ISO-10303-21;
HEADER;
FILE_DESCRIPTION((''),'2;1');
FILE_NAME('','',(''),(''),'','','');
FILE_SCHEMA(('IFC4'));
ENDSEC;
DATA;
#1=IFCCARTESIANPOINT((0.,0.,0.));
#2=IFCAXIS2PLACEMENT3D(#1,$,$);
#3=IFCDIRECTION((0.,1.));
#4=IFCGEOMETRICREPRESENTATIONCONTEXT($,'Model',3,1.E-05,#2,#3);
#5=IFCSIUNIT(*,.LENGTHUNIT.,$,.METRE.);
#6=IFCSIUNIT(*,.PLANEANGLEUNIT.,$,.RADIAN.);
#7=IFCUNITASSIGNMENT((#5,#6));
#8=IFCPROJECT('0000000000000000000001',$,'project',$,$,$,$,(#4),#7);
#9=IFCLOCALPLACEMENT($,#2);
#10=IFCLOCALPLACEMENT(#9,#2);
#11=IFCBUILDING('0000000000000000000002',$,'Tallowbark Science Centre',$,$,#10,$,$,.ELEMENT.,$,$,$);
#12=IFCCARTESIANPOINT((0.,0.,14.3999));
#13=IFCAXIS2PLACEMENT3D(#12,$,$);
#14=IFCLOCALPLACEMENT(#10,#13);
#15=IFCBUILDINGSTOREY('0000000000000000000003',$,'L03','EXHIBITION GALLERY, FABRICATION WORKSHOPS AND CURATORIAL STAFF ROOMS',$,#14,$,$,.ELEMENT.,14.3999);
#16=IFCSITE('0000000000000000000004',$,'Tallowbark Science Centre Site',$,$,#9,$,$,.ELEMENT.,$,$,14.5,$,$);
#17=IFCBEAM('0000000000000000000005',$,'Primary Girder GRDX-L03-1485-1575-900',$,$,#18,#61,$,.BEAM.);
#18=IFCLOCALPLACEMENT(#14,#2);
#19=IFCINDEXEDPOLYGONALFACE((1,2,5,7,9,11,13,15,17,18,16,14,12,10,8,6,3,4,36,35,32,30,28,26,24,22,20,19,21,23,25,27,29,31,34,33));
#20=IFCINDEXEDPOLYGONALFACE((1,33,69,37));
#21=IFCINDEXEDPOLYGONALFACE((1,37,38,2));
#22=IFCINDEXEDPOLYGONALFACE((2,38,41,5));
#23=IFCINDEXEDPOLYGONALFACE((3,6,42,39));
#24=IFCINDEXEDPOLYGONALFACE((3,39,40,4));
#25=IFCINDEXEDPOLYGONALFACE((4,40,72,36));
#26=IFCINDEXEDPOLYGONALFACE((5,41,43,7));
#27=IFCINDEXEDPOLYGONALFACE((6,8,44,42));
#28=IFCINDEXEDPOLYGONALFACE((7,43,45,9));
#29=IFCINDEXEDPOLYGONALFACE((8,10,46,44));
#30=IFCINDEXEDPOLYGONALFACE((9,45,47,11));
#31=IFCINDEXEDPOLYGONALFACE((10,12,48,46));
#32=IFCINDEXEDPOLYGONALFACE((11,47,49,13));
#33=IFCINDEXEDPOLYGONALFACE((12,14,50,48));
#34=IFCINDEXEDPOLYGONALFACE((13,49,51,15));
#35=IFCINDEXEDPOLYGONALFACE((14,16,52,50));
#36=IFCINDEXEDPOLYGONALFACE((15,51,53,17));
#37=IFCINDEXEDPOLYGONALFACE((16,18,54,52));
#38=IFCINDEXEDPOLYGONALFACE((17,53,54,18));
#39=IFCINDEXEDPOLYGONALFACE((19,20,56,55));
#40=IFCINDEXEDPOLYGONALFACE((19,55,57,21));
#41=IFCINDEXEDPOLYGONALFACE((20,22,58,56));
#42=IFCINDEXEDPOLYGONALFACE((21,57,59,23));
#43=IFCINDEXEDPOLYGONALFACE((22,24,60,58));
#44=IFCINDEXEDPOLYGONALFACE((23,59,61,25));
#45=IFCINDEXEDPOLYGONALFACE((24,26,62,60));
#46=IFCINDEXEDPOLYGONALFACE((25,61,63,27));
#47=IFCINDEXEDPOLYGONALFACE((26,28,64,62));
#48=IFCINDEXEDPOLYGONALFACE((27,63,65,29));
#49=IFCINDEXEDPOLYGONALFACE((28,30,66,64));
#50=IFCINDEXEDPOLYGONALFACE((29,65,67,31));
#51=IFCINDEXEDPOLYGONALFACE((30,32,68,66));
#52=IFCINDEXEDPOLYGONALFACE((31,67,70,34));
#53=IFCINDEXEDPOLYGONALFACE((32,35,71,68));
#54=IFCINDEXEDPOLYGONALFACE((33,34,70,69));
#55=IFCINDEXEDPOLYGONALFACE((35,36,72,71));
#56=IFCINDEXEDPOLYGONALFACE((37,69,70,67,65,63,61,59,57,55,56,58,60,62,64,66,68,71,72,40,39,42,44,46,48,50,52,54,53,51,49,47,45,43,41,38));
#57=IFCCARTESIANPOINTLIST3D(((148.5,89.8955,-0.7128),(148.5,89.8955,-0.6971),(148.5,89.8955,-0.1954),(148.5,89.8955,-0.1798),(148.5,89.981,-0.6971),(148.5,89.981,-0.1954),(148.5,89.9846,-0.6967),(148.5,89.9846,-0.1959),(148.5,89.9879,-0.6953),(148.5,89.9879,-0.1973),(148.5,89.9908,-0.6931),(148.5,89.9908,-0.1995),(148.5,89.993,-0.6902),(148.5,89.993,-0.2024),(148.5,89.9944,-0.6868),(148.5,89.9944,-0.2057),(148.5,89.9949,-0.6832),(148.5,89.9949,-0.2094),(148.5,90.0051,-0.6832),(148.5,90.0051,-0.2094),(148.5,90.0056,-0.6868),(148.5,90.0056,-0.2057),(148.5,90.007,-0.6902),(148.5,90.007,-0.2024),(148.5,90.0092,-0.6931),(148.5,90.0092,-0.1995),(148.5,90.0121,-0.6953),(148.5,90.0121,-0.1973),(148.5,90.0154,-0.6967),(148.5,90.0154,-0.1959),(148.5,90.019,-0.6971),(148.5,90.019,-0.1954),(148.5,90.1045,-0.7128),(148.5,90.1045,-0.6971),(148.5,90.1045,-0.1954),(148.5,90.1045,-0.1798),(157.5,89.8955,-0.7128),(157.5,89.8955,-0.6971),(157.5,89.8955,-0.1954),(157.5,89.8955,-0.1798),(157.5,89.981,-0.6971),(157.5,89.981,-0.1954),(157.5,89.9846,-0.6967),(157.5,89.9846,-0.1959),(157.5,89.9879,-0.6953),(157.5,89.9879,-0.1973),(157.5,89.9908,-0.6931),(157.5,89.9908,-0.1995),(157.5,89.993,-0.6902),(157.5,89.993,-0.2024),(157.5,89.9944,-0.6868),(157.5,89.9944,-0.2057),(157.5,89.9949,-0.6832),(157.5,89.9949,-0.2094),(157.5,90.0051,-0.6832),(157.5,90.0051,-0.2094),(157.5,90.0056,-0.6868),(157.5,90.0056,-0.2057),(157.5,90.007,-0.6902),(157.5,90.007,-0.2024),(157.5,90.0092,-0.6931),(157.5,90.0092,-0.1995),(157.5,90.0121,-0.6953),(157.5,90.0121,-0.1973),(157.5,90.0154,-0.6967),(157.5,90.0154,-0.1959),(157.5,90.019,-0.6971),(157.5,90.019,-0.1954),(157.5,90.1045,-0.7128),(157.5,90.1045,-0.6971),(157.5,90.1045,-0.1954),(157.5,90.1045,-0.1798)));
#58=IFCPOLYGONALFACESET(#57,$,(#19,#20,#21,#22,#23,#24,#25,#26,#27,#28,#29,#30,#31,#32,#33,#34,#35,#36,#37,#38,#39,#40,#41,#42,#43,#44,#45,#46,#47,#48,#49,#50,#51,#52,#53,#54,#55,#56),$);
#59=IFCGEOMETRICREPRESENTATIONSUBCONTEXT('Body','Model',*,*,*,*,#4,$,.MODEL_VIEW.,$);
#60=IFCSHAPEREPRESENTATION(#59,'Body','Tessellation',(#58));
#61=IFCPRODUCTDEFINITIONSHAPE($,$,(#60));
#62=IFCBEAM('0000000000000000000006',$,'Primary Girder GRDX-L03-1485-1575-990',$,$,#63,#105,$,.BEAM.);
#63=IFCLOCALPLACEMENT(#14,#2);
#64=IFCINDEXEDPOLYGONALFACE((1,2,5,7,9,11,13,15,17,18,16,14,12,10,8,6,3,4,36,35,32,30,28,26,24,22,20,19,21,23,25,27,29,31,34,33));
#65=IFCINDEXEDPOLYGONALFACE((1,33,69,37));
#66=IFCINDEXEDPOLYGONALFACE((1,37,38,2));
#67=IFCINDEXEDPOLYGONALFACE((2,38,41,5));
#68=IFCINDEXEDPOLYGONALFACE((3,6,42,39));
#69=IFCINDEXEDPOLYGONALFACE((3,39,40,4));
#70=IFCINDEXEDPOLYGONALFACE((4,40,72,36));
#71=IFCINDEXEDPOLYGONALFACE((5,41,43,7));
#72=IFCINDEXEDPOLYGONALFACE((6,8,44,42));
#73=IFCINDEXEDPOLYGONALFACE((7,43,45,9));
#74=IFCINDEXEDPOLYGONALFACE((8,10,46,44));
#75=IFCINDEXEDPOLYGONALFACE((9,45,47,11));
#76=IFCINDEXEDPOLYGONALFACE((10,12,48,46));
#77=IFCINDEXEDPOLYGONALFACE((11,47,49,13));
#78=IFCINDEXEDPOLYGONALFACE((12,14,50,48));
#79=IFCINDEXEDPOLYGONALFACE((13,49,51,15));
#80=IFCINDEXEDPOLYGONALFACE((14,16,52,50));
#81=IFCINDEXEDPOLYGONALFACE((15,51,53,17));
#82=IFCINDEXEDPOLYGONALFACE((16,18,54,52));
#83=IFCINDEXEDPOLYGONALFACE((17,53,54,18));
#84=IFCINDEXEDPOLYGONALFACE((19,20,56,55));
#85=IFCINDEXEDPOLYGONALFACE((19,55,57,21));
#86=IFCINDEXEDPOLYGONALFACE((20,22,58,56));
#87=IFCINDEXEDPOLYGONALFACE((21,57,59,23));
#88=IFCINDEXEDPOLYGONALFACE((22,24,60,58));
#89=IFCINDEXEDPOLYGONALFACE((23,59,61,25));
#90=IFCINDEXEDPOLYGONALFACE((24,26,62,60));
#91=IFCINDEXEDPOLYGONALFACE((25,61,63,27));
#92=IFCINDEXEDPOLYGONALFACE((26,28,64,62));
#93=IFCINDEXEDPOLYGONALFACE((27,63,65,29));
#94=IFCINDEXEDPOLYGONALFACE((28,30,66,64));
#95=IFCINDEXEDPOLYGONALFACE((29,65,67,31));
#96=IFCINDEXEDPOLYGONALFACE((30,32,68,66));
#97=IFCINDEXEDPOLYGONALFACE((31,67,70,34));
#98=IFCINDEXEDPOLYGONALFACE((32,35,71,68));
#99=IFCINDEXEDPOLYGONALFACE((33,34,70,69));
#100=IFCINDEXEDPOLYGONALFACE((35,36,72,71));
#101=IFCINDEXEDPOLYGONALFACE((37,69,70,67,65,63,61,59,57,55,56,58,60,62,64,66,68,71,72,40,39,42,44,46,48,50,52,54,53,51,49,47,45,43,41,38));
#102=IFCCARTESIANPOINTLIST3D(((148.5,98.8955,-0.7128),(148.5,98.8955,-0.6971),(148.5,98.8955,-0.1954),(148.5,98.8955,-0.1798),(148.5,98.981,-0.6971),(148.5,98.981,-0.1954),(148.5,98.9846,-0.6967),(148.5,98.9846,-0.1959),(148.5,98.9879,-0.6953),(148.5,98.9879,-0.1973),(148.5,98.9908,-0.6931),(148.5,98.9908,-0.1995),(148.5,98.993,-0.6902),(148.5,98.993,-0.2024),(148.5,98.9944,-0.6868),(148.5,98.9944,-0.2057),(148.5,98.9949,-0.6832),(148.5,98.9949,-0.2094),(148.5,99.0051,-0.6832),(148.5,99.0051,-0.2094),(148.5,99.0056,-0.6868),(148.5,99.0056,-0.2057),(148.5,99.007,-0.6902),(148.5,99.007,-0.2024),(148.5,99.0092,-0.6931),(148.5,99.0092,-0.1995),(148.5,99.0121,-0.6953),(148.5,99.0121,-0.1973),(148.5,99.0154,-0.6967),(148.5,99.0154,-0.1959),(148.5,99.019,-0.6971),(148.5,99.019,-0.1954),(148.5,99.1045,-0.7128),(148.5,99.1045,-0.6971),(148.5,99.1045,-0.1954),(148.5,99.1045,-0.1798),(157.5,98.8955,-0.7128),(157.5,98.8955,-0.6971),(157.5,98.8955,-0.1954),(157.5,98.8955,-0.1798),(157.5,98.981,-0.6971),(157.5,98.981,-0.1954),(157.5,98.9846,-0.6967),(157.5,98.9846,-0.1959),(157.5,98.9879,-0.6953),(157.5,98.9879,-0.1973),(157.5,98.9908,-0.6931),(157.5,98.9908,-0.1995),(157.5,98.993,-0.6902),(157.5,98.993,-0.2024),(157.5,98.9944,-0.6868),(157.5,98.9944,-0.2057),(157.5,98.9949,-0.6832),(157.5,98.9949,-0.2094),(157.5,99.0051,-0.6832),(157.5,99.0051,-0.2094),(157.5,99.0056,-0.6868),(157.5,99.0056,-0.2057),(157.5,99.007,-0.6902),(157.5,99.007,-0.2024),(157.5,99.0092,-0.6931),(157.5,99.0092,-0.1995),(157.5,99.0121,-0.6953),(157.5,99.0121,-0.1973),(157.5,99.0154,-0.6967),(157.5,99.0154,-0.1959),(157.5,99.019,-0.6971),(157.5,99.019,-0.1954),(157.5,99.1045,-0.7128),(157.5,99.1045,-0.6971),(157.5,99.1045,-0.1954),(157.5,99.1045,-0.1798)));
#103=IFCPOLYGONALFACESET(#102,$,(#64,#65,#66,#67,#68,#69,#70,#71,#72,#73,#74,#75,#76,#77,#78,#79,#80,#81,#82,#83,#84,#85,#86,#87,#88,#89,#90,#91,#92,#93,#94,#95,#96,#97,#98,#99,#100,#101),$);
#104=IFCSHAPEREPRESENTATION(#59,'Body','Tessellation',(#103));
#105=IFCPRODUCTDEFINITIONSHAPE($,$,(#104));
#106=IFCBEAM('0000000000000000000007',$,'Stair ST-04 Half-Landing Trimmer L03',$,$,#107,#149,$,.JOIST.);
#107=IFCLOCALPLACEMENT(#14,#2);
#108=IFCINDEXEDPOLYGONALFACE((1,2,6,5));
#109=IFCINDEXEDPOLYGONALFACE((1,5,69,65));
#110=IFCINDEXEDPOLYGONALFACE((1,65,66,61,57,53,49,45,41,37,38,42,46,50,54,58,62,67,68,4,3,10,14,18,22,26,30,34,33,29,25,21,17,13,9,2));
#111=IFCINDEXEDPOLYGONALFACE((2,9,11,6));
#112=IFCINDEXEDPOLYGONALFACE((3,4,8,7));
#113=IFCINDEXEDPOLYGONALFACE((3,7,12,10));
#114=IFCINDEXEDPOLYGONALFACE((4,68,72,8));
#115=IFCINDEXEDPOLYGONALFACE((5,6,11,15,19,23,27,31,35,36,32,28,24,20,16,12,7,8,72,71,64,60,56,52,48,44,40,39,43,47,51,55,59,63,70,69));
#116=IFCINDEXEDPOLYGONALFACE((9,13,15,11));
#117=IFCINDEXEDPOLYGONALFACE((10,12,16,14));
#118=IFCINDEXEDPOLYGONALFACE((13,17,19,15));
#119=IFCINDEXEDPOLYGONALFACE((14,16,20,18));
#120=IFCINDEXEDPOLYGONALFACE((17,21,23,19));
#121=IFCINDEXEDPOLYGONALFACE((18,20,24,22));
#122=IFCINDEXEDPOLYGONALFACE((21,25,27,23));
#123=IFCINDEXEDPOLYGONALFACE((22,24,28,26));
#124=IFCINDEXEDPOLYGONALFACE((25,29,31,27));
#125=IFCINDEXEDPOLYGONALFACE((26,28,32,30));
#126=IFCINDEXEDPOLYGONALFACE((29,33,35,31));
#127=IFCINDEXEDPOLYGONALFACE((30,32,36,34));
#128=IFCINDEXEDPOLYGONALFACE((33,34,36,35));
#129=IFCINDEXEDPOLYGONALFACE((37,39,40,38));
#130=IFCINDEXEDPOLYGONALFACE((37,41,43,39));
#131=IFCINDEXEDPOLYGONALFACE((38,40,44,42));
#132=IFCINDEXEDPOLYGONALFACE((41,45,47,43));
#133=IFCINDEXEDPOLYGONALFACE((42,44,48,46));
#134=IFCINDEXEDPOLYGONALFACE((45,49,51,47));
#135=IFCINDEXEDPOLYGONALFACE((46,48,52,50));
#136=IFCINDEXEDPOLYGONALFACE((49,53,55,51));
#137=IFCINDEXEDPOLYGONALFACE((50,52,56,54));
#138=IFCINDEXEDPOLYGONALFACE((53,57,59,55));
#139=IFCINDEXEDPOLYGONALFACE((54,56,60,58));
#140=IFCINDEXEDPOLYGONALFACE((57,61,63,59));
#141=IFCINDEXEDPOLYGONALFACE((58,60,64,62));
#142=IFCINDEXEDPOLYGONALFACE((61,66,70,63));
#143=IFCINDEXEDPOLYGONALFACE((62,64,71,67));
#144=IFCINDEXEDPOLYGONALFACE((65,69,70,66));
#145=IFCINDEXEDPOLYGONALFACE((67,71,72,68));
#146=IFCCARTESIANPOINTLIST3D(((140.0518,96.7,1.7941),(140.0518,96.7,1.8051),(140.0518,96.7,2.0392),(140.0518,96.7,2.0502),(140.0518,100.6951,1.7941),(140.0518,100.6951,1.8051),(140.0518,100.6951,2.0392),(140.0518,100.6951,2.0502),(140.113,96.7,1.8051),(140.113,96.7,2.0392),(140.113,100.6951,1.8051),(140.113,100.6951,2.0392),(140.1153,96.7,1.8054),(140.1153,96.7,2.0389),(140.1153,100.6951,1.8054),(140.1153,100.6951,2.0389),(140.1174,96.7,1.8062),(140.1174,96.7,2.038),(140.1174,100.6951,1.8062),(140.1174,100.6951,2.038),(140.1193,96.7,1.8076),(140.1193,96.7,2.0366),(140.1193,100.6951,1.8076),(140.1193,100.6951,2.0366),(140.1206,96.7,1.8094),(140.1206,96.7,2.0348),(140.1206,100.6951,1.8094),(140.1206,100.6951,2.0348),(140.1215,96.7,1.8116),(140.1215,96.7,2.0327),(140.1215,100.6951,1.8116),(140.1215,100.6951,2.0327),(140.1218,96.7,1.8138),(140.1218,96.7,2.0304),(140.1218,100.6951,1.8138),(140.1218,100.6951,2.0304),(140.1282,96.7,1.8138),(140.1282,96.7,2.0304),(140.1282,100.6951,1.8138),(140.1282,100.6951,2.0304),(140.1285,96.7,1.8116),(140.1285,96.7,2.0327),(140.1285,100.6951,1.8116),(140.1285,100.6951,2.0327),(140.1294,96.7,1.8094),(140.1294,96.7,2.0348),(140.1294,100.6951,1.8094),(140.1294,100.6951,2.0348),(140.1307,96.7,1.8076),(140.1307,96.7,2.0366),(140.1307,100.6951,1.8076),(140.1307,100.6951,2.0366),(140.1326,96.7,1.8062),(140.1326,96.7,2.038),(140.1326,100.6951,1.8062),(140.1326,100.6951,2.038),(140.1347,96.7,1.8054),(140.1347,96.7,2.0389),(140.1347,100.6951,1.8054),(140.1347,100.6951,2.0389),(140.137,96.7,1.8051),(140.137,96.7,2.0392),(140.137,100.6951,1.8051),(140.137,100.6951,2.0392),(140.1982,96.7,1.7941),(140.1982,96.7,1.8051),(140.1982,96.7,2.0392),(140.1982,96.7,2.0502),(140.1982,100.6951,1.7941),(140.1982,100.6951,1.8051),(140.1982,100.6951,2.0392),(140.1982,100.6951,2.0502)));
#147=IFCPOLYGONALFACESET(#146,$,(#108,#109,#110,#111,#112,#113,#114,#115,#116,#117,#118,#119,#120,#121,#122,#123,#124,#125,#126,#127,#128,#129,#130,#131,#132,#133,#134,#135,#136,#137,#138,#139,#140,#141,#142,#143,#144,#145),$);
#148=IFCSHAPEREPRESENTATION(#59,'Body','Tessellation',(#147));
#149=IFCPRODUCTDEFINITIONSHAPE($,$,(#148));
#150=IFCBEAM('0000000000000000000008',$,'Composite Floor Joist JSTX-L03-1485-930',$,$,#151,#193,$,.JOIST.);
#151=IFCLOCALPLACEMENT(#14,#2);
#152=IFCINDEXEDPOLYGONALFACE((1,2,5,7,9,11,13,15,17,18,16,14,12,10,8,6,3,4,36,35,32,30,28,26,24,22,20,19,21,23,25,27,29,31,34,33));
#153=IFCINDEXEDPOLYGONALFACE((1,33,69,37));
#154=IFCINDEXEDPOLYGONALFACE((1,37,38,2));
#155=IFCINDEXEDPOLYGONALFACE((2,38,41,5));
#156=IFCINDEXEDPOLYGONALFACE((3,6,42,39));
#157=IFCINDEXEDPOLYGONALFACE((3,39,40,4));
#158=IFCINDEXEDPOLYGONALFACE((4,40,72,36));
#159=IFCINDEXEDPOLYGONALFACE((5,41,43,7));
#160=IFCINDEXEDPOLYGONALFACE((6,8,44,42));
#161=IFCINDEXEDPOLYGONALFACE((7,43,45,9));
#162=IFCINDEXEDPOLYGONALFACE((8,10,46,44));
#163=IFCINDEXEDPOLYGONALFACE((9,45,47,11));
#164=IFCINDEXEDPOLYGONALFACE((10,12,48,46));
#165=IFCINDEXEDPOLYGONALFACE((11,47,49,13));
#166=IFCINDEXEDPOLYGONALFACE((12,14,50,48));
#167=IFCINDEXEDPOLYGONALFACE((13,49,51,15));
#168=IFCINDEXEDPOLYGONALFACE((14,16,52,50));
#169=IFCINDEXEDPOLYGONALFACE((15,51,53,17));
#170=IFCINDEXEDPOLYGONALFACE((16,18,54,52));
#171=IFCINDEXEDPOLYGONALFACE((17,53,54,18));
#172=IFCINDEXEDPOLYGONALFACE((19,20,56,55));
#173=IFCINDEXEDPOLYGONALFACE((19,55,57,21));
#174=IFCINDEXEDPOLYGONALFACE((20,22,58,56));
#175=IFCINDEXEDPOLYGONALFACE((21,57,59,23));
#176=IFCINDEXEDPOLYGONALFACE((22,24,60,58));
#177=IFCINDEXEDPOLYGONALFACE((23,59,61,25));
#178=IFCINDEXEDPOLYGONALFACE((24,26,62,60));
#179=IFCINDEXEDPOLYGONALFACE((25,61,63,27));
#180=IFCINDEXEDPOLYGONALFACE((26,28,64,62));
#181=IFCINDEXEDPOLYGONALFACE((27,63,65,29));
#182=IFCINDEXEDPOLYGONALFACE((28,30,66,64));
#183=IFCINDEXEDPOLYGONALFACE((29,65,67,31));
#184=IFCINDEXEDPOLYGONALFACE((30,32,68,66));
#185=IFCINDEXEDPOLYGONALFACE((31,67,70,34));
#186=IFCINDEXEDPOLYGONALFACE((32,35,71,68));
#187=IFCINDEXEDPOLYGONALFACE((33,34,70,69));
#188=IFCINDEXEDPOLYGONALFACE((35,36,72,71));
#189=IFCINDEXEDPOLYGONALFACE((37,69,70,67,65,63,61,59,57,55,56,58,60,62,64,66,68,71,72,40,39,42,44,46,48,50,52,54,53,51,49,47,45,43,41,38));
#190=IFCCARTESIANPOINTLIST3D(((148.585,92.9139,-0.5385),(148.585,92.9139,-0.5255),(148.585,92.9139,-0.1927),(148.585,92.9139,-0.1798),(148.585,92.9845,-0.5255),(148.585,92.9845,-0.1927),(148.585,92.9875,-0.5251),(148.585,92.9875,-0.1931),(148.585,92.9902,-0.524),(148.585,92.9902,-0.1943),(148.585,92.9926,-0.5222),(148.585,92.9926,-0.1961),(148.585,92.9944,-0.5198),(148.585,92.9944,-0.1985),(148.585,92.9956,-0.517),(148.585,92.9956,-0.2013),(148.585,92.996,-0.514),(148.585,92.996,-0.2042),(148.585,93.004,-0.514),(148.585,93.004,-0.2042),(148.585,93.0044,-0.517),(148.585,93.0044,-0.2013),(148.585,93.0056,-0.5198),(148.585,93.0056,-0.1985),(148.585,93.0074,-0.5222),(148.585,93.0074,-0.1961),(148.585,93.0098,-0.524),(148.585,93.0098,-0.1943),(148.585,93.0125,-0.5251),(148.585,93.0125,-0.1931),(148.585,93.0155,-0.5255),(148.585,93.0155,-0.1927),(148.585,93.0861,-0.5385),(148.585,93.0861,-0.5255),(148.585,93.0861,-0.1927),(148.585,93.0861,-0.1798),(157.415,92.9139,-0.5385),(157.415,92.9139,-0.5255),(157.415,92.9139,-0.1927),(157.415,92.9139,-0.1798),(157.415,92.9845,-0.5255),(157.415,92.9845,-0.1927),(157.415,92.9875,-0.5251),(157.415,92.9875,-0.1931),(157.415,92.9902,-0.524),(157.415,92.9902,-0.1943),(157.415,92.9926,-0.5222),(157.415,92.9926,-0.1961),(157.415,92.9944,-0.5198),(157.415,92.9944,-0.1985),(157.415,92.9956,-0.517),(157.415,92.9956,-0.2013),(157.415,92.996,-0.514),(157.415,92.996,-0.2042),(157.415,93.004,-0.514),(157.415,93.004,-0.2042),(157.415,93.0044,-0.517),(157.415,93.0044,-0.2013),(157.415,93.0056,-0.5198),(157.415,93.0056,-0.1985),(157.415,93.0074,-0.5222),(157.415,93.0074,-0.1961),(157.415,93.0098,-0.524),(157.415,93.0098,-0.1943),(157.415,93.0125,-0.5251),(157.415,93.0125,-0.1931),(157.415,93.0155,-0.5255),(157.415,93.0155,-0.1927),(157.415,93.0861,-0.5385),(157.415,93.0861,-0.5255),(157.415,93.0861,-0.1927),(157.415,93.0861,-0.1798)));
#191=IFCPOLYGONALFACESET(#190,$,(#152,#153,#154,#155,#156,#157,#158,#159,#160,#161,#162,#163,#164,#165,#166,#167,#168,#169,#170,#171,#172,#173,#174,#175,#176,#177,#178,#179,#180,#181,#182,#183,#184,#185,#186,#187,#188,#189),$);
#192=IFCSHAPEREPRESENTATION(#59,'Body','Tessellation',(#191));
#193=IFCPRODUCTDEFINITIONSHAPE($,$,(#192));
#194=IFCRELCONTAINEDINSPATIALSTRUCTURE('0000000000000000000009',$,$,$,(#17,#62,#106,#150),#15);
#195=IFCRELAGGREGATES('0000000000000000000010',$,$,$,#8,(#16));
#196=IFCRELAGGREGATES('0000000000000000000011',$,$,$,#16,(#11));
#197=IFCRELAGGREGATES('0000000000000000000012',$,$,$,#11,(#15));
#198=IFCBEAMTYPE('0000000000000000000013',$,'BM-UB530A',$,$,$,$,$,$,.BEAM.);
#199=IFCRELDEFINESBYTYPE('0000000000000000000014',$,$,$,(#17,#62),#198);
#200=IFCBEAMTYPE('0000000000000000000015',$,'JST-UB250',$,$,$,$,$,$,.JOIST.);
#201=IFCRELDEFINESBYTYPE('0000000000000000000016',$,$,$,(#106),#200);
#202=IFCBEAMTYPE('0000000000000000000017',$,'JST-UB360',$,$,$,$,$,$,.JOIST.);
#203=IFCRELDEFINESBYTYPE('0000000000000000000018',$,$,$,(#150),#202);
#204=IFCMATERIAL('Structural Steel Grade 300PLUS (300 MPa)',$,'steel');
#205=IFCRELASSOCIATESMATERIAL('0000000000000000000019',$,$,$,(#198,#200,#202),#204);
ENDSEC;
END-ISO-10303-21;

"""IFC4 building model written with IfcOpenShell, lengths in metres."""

from ifc_helpers import new_model, si_unit, direction, frame, origin, origin_2d, place, context, subcontext, project, spatial, i_section, extrude, material, material_profile, profile_set, type_object, element, save


model = new_model("IFC4")

# Units and contexts
model_context = context("Model", 3, precision=1e-05, world=origin(), true_north=direction((0.0, 1.0)))
body_context = subcontext(model_context, "Body", "Model", "MODEL_VIEW")
ifc_project = project(units=[si_unit("LENGTHUNIT", "METRE"), si_unit("PLANEANGLEUNIT", "RADIAN")], contexts=[model_context])

# Site, building, storey
site_placement = place(None, origin())
site = spatial("IfcSite", under=ifc_project, at=site_placement, Name="Tallowbark Science Centre Site", CompositionType="ELEMENT", RefElevation=14.5)
building_placement = place(site_placement, origin())
building = spatial("IfcBuilding", under=site, at=building_placement, Name="Tallowbark Science Centre", CompositionType="ELEMENT")
storey_placement = place(building_placement, frame((0.0, 0.0, 14.3999)))
storey = spatial("IfcBuildingStorey", under=building, at=storey_placement, Name="L03", Description="EXHIBITION GALLERY, FABRICATION WORKSHOPS AND CURATORIAL STAFF ROOMS", CompositionType="ELEMENT", Elevation=14.3999)

# Shared definitions
ifc_material_1 = material(Name="Structural Steel Grade 300PLUS (300 MPa)", Category="steel")

# Beams
ifc_material_profile_1 = material_profile(ifc_material_1, i_section(OverallWidth=0.209, OverallDepth=0.533, WebThickness=0.0103, FlangeThickness=0.0156, FilletRadius=0.0139, at=origin_2d()), Name="530UB92.4")
ifc_profile_set_1 = profile_set([ifc_material_profile_1], Name="Structural Steel Grade 300PLUS (300 MPa)")
beam_type_1 = type_object("IfcBeamType", Name="BM-UB530A", PredefinedType="BEAM", material=ifc_profile_set_1)
for number, where, z_axis, x_axis, name in (
    (1, (148.5, 90.0, -0.4463), (1.0, 0.0, 0.0), (0.0, 1.0, 0.0), "Primary Girder GRDX-L03-1485-1575-900"),
    (2, (148.5, 99.0, -0.4463), (1.0, 0.0, 0.0), (0.0, 1.0, 0.0), "Primary Girder GRDX-L03-1485-1575-990"),
):
    element("IfcBeam", number, at=place(storey_placement, frame(where, z_axis=z_axis, x_axis=x_axis)), inside=storey, type_object=beam_type_1, Name=name, PredefinedType="BEAM", context=body_context, shape_type="SweptSolid", body=[
        extrude(i_section(OverallWidth=0.209, OverallDepth=0.533, WebThickness=0.0103, FlangeThickness=0.0156, FilletRadius=0.0139, at=origin_2d()), origin(), (0.0, 0.0, 1.0), 9.0),
    ])
ifc_material_profile_2 = material_profile(ifc_material_1, i_section(OverallWidth=0.1465, OverallDepth=0.2561, WebThickness=0.0063, FlangeThickness=0.011, FilletRadius=0.0088, at=origin_2d()), Name="250UB37.3")
ifc_profile_set_2 = profile_set([ifc_material_profile_2], Name="Structural Steel Grade 300PLUS (300 MPa)")
beam_type_2 = type_object("IfcBeamType", Name="JST-UB250", PredefinedType="JOIST", material=ifc_profile_set_2)
beam_1_placement = place(storey_placement, frame((140.125, 96.7, 1.9221), z_axis=(0.0, 1.0, 0.0), x_axis=(-1.0, 0.0, 0.0)))
element("IfcBeam", 3, at=beam_1_placement, inside=storey, type_object=beam_type_2, Name="Stair ST-04 Half-Landing Trimmer L03", PredefinedType="JOIST", context=body_context, shape_type="SweptSolid", body=[
    extrude(i_section(OverallWidth=0.1465, OverallDepth=0.2561, WebThickness=0.0063, FlangeThickness=0.011, FilletRadius=0.0088, at=origin_2d()), origin(), (0.0, 0.0, 1.0), 3.9951),
])
ifc_material_profile_3 = material_profile(ifc_material_1, i_section(OverallWidth=0.1721, OverallDepth=0.3586, WebThickness=0.0081, FlangeThickness=0.0129, FilletRadius=0.0115, at=origin_2d()), Name="360UB56.7")
ifc_profile_set_3 = profile_set([ifc_material_profile_3], Name="Structural Steel Grade 300PLUS (300 MPa)")
beam_type_3 = type_object("IfcBeamType", Name="JST-UB360", PredefinedType="JOIST", material=ifc_profile_set_3)
beam_2_placement = place(storey_placement, frame((148.585, 93.0, -0.3591), z_axis=(1.0, 0.0, 0.0), x_axis=(0.0, 1.0, 0.0)))
element("IfcBeam", 4, at=beam_2_placement, inside=storey, type_object=beam_type_3, Name="Composite Floor Joist JSTX-L03-1485-930", PredefinedType="JOIST", context=body_context, shape_type="SweptSolid", body=[
    extrude(i_section(OverallWidth=0.1721, OverallDepth=0.3586, WebThickness=0.0081, FlangeThickness=0.0129, FilletRadius=0.0115, at=origin_2d()), origin(), (0.0, 0.0, 1.0), 8.8301),
])

save(model, "model.ifc")
